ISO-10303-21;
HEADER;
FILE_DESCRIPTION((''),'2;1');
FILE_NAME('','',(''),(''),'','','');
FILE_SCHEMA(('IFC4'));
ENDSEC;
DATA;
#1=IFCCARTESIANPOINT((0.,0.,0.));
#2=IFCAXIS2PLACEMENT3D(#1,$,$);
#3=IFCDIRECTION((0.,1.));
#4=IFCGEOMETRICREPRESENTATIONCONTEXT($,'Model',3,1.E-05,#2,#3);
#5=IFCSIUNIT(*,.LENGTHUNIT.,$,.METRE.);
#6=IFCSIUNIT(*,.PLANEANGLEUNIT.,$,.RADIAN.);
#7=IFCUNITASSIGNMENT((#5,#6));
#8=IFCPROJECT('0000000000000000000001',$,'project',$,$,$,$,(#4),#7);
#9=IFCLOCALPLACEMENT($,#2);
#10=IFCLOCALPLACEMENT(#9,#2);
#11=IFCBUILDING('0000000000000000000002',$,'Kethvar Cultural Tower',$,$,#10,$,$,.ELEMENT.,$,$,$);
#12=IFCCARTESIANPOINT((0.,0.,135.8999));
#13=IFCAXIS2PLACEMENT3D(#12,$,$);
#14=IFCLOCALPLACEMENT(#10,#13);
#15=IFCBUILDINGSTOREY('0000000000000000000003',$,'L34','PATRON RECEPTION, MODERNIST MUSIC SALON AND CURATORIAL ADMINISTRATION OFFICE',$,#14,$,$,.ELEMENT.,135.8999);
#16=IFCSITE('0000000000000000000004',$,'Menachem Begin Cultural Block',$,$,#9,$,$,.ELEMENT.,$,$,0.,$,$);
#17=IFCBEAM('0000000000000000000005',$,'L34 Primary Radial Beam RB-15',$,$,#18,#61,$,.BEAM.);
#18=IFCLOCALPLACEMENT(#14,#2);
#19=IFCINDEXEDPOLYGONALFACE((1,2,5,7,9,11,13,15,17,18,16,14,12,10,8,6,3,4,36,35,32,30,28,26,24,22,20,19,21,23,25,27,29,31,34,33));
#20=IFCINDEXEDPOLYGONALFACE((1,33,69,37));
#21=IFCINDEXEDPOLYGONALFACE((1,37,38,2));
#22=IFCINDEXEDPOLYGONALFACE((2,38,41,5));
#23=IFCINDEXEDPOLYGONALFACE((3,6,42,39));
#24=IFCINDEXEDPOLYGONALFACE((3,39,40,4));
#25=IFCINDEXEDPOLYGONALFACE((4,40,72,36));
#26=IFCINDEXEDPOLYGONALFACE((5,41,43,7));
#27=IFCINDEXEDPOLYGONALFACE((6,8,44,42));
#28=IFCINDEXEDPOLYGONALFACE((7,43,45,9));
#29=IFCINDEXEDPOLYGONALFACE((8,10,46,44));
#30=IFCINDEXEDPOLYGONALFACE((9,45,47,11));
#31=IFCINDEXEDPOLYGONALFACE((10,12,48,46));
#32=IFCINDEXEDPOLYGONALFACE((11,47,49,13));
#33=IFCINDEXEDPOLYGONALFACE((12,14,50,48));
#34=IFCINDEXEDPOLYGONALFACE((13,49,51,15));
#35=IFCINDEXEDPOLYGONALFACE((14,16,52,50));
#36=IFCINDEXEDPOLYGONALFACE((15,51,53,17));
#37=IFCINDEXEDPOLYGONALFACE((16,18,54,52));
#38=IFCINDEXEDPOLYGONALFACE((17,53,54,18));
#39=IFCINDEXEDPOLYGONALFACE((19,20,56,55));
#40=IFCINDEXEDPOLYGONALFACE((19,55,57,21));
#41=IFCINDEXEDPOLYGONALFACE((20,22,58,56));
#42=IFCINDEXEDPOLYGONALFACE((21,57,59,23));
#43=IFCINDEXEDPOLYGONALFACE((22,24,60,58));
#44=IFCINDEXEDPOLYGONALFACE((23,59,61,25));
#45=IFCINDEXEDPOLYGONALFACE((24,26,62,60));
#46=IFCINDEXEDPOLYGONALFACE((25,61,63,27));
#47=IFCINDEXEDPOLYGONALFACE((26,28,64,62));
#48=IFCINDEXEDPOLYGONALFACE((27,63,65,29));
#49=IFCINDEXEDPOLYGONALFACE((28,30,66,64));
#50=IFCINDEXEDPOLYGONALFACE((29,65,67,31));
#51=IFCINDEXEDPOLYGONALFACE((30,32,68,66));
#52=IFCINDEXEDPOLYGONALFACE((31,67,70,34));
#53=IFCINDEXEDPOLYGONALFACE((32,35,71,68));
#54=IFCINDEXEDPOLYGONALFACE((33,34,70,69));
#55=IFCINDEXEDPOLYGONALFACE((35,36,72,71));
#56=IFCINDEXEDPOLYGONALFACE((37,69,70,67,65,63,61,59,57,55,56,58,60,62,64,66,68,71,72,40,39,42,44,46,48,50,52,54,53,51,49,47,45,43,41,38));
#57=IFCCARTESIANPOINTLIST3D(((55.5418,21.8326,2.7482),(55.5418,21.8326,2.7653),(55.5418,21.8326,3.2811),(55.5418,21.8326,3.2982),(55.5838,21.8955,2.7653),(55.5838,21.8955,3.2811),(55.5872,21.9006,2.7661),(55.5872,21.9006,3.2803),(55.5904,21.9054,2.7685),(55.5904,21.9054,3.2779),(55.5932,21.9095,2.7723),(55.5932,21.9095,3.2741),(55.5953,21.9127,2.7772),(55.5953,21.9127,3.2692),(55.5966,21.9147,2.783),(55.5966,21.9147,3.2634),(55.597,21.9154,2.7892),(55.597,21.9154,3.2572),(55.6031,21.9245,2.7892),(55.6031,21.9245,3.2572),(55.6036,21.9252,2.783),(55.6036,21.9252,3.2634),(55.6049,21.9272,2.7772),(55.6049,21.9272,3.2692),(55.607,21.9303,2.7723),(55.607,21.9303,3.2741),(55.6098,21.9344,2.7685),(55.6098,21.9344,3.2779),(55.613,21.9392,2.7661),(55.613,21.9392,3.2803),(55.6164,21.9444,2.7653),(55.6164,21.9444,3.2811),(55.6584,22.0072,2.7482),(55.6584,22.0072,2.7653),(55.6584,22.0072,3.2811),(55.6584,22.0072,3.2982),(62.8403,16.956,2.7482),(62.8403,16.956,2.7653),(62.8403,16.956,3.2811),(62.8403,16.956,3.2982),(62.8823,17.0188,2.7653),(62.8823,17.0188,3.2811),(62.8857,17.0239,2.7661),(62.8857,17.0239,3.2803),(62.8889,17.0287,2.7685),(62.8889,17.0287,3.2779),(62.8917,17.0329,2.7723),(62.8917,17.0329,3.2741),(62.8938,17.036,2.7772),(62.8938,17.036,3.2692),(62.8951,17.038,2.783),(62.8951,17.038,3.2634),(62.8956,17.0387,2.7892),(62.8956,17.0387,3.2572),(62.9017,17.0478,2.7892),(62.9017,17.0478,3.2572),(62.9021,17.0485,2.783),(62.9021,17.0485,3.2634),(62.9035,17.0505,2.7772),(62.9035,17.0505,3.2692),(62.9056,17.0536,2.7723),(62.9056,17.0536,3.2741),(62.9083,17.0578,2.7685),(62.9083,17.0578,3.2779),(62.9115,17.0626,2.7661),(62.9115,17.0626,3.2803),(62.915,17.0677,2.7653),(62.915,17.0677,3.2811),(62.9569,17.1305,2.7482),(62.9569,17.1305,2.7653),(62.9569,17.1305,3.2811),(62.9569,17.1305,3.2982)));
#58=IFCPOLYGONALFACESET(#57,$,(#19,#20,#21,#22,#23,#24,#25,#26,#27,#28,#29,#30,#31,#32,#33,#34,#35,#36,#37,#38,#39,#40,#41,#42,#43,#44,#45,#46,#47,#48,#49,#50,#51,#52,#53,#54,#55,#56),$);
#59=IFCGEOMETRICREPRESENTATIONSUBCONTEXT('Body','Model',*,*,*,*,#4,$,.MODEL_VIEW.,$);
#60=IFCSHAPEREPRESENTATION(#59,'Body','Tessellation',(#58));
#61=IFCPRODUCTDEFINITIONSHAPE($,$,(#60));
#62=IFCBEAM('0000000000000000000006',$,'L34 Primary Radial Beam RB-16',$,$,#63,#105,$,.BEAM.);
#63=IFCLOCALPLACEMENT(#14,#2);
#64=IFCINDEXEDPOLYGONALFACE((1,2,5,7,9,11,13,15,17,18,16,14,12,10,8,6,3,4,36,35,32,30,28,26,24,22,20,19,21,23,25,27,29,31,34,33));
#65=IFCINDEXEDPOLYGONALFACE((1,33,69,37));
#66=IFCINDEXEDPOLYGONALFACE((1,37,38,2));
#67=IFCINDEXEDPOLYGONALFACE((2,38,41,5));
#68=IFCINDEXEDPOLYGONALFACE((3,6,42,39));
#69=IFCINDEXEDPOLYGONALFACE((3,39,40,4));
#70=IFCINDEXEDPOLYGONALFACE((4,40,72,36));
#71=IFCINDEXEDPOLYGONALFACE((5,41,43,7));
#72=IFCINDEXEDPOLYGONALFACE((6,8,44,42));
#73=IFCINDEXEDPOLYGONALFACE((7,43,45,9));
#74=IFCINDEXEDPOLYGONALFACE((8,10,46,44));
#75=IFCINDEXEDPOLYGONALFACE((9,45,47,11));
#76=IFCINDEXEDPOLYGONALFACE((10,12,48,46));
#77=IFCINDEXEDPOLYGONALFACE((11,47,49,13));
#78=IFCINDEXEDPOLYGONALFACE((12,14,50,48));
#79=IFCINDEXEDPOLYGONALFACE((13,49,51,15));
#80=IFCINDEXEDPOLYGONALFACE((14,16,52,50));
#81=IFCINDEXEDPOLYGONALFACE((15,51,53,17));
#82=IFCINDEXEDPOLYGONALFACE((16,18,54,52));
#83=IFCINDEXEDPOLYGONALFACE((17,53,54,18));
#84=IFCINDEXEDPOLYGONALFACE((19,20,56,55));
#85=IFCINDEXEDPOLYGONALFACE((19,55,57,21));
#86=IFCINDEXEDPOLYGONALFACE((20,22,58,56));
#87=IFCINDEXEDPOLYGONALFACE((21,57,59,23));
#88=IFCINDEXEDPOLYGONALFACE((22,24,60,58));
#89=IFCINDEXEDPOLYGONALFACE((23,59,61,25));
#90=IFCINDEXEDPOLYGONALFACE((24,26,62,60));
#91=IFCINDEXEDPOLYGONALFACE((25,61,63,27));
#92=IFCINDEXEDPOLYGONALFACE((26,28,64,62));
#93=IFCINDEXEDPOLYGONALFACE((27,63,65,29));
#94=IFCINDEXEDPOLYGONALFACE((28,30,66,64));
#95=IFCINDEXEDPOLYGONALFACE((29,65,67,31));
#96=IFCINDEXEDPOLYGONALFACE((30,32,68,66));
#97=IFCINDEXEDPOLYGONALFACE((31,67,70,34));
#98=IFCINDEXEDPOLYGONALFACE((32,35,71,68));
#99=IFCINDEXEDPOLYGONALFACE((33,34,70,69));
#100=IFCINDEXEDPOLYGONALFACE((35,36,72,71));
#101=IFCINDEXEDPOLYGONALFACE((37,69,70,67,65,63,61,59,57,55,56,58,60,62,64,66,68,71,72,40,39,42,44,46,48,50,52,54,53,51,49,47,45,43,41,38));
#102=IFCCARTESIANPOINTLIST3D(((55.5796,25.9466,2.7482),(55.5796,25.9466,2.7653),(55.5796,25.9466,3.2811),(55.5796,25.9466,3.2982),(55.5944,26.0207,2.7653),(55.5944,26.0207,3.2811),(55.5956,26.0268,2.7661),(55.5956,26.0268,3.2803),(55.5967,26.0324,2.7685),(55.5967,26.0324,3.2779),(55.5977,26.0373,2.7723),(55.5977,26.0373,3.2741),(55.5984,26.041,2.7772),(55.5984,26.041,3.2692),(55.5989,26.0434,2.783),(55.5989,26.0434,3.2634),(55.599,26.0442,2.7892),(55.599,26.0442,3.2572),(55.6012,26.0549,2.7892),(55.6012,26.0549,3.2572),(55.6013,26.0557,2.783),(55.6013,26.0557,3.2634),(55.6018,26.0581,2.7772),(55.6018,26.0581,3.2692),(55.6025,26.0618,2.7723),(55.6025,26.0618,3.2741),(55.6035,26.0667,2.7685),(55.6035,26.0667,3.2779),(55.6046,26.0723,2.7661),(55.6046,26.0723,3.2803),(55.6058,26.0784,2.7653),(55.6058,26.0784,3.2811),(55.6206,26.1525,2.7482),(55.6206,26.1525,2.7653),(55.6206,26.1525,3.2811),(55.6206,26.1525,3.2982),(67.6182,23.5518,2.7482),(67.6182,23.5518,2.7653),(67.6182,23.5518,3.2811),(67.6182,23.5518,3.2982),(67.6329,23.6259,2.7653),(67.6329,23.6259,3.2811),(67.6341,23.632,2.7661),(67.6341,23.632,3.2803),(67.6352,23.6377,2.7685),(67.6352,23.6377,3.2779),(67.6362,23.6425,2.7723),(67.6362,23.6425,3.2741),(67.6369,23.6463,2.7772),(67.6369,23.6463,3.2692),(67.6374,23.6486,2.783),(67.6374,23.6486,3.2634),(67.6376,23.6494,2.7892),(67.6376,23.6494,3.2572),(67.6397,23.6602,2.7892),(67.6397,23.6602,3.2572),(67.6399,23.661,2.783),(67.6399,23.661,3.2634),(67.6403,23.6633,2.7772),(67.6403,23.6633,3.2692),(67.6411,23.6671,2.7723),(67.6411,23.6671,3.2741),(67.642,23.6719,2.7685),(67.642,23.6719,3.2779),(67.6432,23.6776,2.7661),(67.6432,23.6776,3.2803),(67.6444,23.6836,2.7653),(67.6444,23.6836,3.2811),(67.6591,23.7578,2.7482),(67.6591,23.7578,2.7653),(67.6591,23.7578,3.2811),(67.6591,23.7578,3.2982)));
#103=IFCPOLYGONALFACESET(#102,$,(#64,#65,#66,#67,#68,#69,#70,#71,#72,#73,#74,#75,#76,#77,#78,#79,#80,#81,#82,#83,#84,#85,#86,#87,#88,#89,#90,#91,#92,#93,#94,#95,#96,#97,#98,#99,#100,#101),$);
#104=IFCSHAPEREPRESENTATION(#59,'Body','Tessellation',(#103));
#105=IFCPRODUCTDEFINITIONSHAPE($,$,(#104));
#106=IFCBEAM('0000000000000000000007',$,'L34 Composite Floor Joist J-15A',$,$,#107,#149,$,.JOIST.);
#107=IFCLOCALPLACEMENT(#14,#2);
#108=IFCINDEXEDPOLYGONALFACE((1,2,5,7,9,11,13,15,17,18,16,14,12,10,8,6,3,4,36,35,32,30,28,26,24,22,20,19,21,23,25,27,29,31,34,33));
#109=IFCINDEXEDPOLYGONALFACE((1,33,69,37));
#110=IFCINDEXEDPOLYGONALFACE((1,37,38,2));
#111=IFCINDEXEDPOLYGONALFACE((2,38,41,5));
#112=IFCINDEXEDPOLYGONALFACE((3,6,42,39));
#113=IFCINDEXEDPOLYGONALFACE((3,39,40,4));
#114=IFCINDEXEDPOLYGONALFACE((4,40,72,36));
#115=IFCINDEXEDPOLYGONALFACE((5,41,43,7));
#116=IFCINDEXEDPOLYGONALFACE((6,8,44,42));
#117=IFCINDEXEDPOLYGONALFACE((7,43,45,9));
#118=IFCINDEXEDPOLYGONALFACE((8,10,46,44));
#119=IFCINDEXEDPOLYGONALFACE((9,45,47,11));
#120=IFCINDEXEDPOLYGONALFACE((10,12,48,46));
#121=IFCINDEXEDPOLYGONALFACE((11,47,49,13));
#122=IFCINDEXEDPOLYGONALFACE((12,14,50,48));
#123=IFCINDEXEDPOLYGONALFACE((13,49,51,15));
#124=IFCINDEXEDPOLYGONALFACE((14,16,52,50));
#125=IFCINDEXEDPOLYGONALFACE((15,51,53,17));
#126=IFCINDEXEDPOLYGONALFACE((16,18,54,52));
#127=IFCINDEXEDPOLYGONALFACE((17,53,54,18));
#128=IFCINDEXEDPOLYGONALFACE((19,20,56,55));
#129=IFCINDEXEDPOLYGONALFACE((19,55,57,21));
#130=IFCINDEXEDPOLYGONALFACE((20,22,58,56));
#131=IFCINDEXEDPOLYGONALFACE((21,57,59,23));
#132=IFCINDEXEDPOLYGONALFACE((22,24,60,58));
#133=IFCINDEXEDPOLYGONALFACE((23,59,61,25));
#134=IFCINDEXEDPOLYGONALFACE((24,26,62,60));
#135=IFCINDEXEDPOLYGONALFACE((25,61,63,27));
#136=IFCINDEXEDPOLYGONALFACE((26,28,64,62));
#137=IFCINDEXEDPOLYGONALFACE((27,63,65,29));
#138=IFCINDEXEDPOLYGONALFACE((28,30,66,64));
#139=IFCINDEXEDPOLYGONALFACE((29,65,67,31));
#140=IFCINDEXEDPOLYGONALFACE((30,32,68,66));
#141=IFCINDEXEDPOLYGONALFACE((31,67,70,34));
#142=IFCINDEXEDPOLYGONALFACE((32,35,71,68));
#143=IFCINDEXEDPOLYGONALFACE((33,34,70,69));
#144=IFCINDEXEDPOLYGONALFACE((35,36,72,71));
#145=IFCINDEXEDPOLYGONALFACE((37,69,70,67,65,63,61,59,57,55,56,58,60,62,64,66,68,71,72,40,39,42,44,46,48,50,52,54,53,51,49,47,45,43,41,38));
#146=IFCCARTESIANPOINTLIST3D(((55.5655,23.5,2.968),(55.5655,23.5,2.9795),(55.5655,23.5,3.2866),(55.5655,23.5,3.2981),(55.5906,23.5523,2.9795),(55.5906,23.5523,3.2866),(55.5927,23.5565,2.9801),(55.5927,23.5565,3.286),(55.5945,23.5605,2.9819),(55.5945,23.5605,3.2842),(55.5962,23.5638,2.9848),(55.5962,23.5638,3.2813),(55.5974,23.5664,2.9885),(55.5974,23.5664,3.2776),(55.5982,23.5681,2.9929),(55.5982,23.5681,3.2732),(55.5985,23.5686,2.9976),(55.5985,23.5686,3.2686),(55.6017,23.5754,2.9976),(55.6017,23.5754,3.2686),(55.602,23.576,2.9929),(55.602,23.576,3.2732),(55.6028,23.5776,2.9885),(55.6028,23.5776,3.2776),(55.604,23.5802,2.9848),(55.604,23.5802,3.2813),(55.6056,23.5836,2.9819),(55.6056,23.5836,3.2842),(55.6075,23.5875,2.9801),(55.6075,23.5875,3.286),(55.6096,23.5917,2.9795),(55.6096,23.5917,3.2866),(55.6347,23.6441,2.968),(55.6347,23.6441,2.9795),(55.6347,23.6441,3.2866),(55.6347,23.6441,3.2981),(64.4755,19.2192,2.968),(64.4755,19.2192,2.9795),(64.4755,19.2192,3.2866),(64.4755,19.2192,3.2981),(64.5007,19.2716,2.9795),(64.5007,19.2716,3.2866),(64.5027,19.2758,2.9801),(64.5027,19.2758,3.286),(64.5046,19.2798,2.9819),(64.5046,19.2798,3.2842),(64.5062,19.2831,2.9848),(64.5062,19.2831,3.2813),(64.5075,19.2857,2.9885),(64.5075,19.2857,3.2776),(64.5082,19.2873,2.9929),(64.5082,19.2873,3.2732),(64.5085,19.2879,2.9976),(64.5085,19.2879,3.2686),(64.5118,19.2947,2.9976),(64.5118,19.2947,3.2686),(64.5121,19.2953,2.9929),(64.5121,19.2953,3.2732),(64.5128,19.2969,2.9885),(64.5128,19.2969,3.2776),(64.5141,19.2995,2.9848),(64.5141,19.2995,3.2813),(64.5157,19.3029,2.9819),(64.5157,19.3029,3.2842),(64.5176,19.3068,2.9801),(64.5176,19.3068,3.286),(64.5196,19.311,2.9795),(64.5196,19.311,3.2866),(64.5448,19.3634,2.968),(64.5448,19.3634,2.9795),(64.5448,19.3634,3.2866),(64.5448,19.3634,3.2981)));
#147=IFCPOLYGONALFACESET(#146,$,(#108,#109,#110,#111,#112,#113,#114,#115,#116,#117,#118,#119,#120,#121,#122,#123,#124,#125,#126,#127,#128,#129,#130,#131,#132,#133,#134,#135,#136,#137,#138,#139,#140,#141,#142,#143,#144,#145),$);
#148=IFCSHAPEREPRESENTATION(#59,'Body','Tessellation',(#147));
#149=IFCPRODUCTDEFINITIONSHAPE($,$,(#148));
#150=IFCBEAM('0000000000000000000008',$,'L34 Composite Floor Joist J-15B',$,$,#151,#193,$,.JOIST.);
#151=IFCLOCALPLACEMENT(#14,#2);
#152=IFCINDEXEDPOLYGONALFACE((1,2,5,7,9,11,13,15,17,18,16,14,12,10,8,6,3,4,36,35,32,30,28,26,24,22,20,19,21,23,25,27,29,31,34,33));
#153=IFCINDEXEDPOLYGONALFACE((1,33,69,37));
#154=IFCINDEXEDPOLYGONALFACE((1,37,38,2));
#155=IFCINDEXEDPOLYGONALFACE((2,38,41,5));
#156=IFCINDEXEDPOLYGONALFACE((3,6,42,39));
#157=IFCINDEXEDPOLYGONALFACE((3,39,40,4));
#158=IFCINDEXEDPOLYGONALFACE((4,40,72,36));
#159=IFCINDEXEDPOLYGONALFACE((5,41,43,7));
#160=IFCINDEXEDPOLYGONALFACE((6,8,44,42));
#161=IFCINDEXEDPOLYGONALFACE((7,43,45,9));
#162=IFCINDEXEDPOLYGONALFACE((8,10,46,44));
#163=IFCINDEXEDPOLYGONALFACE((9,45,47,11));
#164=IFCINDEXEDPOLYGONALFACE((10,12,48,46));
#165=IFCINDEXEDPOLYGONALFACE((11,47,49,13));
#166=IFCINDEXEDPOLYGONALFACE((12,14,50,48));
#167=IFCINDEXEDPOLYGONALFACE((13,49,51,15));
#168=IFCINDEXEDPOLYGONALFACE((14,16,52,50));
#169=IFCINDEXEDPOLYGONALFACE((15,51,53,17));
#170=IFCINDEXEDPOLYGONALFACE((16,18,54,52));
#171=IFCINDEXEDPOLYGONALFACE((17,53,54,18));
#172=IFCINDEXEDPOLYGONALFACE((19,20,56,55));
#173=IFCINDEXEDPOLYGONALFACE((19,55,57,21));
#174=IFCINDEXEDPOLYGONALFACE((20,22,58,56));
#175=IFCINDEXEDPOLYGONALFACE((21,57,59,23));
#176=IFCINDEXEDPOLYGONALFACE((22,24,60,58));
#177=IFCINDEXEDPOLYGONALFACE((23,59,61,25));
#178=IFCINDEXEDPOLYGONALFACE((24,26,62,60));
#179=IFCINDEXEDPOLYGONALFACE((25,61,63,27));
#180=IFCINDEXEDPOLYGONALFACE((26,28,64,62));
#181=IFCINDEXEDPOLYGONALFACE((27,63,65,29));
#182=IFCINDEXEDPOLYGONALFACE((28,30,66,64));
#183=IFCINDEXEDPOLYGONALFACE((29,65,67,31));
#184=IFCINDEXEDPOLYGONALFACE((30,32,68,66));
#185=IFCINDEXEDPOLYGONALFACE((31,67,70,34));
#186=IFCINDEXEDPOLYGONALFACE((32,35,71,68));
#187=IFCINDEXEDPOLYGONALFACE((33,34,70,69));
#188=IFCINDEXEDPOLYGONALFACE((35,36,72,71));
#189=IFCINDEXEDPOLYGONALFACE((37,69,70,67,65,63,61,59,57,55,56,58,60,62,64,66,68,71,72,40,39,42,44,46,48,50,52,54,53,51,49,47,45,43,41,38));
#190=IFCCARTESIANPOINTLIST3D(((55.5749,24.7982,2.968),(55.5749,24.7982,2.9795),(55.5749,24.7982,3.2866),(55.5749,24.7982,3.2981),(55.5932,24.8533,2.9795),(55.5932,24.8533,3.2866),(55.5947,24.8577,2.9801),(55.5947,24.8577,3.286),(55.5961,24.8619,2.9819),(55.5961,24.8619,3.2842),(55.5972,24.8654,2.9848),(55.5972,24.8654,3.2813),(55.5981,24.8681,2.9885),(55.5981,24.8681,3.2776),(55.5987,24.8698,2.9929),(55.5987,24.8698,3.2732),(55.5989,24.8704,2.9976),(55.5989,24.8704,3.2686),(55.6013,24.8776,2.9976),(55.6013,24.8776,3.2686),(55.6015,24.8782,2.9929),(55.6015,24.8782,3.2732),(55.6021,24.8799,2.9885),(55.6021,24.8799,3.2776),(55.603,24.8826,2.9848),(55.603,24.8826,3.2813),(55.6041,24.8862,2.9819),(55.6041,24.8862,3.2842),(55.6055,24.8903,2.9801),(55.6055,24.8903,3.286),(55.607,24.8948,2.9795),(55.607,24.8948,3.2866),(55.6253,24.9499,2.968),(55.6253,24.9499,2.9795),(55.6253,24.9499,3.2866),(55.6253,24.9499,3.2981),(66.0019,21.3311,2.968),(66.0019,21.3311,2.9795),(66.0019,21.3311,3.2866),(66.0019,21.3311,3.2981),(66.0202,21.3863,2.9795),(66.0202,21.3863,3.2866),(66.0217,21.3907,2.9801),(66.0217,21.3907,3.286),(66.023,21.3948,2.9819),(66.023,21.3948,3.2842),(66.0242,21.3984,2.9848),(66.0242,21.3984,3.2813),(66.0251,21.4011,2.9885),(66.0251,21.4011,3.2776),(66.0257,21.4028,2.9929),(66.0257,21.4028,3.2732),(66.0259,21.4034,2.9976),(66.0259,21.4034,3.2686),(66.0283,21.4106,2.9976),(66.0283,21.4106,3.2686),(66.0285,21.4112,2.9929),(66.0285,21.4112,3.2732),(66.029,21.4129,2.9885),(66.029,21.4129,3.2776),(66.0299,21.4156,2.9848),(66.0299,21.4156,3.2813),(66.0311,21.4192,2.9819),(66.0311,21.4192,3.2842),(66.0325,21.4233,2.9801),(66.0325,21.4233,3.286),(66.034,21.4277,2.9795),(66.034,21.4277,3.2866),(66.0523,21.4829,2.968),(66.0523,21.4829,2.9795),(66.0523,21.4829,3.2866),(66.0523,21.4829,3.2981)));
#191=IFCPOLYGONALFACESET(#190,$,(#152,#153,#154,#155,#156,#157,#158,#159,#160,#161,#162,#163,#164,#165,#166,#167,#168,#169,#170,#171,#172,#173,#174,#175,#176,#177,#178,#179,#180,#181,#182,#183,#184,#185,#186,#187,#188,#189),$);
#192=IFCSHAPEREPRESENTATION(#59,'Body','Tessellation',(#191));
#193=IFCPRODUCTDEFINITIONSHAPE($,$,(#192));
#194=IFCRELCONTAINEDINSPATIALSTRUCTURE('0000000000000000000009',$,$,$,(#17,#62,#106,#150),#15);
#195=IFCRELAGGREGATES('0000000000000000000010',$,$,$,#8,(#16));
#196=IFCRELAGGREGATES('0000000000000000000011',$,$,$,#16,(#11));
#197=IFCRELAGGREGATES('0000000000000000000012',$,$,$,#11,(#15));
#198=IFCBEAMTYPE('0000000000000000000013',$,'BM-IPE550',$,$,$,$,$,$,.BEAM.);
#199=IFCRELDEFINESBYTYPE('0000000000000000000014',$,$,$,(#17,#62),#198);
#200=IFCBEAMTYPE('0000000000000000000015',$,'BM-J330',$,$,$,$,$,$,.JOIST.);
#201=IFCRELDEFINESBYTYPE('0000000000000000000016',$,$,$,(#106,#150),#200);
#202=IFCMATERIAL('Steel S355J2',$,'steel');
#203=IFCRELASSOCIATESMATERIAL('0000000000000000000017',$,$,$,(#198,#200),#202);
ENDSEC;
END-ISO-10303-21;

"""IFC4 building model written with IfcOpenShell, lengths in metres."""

from ifc_helpers import new_model, si_unit, direction, frame, origin, origin_2d, place, context, subcontext, project, spatial, i_section, extrude, source, transform, mapped, material, material_profile, profile_set, type_object, element, save


model = new_model("IFC4")

# Units and contexts
model_context = context("Model", 3, precision=1e-05, world=origin(), true_north=direction((0.0, 1.0)))
body_context = subcontext(model_context, "Body", "Model", "MODEL_VIEW")
ifc_project = project(units=[si_unit("LENGTHUNIT", "METRE"), si_unit("PLANEANGLEUNIT", "RADIAN")], contexts=[model_context])

# Site, building, storey
site_placement = place(None, origin())
site = spatial("IfcSite", under=ifc_project, at=site_placement, Name="Menachem Begin Cultural Block", CompositionType="ELEMENT", RefElevation=0.0)
building_placement = place(site_placement, origin())
building = spatial("IfcBuilding", under=site, at=building_placement, Name="Kethvar Cultural Tower", CompositionType="ELEMENT")
storey_placement = place(building_placement, frame((0.0, 0.0, 135.8999)))
storey = spatial("IfcBuildingStorey", under=building, at=storey_placement, Name="L34", Description="PATRON RECEPTION, MODERNIST MUSIC SALON AND CURATORIAL ADMINISTRATION OFFICE", CompositionType="ELEMENT", Elevation=135.8999)

# Beams
ifc_material_1 = material(Name="Steel S355J2", Category="steel")
ifc_material_profile_1 = material_profile(ifc_material_1, i_section(OverallWidth=0.21, OverallDepth=0.55, WebThickness=0.011, FlangeThickness=0.0171, FilletRadius=0.0239, at=origin_2d()), Name="Steel S355J2 — IPE550")
ifc_profile_set_1 = profile_set([ifc_material_profile_1], Name="Steel S355J2 — IPE550")
beam_type_1 = type_object("IfcBeamType", Name="BM-IPE550", PredefinedType="BEAM", material=ifc_profile_set_1)
shared_shape_1 = source(origin(), body_context, "Body", "SweptSolid", [
    extrude(i_section(OverallWidth=0.21, OverallDepth=0.55, WebThickness=0.011, FlangeThickness=0.0171, FilletRadius=0.0239, at=origin_2d()), origin(), (0.0, 0.0, 1.0), 8.7778),
])
beam_1_placement = place(storey_placement, frame((55.6001, 21.9199, 3.0232), z_axis=(0.831472, -0.555566, 0.0), x_axis=(0.555566, 0.831472, 0.0)))
element("IfcBeam", 1, at=beam_1_placement, inside=storey, type_object=beam_type_1, Name="L34 Primary Radial Beam RB-15", PredefinedType="BEAM", context=body_context, shape_type="MappedRepresentation", body=[
    mapped(shared_shape_1, transform((0.0, 0.0, 0.0), scale=1.0)),
])
shared_shape_2 = source(origin(), body_context, "Body", "SweptSolid", [
    extrude(i_section(OverallWidth=0.21, OverallDepth=0.55, WebThickness=0.011, FlangeThickness=0.0171, FilletRadius=0.0239, at=origin_2d()), origin(), (0.0, 0.0, 1.0), 12.2744),
])
beam_2_placement = place(storey_placement, frame((55.6001, 26.0496, 3.0232), z_axis=(0.980783, -0.195102, 0.0), x_axis=(0.195102, 0.980783, 0.0)))
element("IfcBeam", 2, at=beam_2_placement, inside=storey, type_object=beam_type_1, Name="L34 Primary Radial Beam RB-16", PredefinedType="BEAM", context=body_context, shape_type="MappedRepresentation", body=[
    mapped(shared_shape_2, transform((0.0, 0.0, 0.0), scale=1.0)),
])
ifc_material_profile_2 = material_profile(ifc_material_1, i_section(OverallWidth=0.1599, OverallDepth=0.3301, WebThickness=0.0076, FlangeThickness=0.0115, FilletRadius=0.0181, at=origin_2d()), Name="Steel S355J2 — IPE330")
ifc_profile_set_2 = profile_set([ifc_material_profile_2], Name="Steel S355J2 — IPE330")
beam_type_2 = type_object("IfcBeamType", Name="BM-J330", PredefinedType="JOIST", material=ifc_profile_set_2)
shared_shape_3 = source(origin(), body_context, "Body", "SweptSolid", [
    extrude(i_section(OverallWidth=0.1599, OverallDepth=0.3301, WebThickness=0.0076, FlangeThickness=0.0115, FilletRadius=0.0181, at=origin_2d()), origin(), (0.0, 0.0, 1.0), 9.885),
])
beam_3_placement = place(storey_placement, frame((55.6001, 23.572, 3.1331), z_axis=(0.90137, -0.433051, 0.0), x_axis=(0.433051, 0.90137, 0.0)))
element("IfcBeam", 3, at=beam_3_placement, inside=storey, type_object=beam_type_2, Name="L34 Composite Floor Joist J-15A", PredefinedType="JOIST", context=body_context, shape_type="MappedRepresentation", body=[
    mapped(shared_shape_3, transform((0.0, 0.0, 0.0), scale=1.0)),
])
shared_shape_4 = source(origin(), body_context, "Body", "SweptSolid", [
    extrude(i_section(OverallWidth=0.1599, OverallDepth=0.3301, WebThickness=0.0076, FlangeThickness=0.0115, FilletRadius=0.0181, at=origin_2d()), origin(), (0.0, 0.0, 1.0), 10.9883),
])
beam_4_placement = place(storey_placement, frame((55.6001, 24.874, 3.1331), z_axis=(0.948919, -0.315521, 0.0), x_axis=(0.315521, 0.948919, 0.0)))
element("IfcBeam", 4, at=beam_4_placement, inside=storey, type_object=beam_type_2, Name="L34 Composite Floor Joist J-15B", PredefinedType="JOIST", context=body_context, shape_type="MappedRepresentation", body=[
    mapped(shared_shape_4, transform((0.0, 0.0, 0.0), scale=1.0)),
])

save(model, "model.ifc")
